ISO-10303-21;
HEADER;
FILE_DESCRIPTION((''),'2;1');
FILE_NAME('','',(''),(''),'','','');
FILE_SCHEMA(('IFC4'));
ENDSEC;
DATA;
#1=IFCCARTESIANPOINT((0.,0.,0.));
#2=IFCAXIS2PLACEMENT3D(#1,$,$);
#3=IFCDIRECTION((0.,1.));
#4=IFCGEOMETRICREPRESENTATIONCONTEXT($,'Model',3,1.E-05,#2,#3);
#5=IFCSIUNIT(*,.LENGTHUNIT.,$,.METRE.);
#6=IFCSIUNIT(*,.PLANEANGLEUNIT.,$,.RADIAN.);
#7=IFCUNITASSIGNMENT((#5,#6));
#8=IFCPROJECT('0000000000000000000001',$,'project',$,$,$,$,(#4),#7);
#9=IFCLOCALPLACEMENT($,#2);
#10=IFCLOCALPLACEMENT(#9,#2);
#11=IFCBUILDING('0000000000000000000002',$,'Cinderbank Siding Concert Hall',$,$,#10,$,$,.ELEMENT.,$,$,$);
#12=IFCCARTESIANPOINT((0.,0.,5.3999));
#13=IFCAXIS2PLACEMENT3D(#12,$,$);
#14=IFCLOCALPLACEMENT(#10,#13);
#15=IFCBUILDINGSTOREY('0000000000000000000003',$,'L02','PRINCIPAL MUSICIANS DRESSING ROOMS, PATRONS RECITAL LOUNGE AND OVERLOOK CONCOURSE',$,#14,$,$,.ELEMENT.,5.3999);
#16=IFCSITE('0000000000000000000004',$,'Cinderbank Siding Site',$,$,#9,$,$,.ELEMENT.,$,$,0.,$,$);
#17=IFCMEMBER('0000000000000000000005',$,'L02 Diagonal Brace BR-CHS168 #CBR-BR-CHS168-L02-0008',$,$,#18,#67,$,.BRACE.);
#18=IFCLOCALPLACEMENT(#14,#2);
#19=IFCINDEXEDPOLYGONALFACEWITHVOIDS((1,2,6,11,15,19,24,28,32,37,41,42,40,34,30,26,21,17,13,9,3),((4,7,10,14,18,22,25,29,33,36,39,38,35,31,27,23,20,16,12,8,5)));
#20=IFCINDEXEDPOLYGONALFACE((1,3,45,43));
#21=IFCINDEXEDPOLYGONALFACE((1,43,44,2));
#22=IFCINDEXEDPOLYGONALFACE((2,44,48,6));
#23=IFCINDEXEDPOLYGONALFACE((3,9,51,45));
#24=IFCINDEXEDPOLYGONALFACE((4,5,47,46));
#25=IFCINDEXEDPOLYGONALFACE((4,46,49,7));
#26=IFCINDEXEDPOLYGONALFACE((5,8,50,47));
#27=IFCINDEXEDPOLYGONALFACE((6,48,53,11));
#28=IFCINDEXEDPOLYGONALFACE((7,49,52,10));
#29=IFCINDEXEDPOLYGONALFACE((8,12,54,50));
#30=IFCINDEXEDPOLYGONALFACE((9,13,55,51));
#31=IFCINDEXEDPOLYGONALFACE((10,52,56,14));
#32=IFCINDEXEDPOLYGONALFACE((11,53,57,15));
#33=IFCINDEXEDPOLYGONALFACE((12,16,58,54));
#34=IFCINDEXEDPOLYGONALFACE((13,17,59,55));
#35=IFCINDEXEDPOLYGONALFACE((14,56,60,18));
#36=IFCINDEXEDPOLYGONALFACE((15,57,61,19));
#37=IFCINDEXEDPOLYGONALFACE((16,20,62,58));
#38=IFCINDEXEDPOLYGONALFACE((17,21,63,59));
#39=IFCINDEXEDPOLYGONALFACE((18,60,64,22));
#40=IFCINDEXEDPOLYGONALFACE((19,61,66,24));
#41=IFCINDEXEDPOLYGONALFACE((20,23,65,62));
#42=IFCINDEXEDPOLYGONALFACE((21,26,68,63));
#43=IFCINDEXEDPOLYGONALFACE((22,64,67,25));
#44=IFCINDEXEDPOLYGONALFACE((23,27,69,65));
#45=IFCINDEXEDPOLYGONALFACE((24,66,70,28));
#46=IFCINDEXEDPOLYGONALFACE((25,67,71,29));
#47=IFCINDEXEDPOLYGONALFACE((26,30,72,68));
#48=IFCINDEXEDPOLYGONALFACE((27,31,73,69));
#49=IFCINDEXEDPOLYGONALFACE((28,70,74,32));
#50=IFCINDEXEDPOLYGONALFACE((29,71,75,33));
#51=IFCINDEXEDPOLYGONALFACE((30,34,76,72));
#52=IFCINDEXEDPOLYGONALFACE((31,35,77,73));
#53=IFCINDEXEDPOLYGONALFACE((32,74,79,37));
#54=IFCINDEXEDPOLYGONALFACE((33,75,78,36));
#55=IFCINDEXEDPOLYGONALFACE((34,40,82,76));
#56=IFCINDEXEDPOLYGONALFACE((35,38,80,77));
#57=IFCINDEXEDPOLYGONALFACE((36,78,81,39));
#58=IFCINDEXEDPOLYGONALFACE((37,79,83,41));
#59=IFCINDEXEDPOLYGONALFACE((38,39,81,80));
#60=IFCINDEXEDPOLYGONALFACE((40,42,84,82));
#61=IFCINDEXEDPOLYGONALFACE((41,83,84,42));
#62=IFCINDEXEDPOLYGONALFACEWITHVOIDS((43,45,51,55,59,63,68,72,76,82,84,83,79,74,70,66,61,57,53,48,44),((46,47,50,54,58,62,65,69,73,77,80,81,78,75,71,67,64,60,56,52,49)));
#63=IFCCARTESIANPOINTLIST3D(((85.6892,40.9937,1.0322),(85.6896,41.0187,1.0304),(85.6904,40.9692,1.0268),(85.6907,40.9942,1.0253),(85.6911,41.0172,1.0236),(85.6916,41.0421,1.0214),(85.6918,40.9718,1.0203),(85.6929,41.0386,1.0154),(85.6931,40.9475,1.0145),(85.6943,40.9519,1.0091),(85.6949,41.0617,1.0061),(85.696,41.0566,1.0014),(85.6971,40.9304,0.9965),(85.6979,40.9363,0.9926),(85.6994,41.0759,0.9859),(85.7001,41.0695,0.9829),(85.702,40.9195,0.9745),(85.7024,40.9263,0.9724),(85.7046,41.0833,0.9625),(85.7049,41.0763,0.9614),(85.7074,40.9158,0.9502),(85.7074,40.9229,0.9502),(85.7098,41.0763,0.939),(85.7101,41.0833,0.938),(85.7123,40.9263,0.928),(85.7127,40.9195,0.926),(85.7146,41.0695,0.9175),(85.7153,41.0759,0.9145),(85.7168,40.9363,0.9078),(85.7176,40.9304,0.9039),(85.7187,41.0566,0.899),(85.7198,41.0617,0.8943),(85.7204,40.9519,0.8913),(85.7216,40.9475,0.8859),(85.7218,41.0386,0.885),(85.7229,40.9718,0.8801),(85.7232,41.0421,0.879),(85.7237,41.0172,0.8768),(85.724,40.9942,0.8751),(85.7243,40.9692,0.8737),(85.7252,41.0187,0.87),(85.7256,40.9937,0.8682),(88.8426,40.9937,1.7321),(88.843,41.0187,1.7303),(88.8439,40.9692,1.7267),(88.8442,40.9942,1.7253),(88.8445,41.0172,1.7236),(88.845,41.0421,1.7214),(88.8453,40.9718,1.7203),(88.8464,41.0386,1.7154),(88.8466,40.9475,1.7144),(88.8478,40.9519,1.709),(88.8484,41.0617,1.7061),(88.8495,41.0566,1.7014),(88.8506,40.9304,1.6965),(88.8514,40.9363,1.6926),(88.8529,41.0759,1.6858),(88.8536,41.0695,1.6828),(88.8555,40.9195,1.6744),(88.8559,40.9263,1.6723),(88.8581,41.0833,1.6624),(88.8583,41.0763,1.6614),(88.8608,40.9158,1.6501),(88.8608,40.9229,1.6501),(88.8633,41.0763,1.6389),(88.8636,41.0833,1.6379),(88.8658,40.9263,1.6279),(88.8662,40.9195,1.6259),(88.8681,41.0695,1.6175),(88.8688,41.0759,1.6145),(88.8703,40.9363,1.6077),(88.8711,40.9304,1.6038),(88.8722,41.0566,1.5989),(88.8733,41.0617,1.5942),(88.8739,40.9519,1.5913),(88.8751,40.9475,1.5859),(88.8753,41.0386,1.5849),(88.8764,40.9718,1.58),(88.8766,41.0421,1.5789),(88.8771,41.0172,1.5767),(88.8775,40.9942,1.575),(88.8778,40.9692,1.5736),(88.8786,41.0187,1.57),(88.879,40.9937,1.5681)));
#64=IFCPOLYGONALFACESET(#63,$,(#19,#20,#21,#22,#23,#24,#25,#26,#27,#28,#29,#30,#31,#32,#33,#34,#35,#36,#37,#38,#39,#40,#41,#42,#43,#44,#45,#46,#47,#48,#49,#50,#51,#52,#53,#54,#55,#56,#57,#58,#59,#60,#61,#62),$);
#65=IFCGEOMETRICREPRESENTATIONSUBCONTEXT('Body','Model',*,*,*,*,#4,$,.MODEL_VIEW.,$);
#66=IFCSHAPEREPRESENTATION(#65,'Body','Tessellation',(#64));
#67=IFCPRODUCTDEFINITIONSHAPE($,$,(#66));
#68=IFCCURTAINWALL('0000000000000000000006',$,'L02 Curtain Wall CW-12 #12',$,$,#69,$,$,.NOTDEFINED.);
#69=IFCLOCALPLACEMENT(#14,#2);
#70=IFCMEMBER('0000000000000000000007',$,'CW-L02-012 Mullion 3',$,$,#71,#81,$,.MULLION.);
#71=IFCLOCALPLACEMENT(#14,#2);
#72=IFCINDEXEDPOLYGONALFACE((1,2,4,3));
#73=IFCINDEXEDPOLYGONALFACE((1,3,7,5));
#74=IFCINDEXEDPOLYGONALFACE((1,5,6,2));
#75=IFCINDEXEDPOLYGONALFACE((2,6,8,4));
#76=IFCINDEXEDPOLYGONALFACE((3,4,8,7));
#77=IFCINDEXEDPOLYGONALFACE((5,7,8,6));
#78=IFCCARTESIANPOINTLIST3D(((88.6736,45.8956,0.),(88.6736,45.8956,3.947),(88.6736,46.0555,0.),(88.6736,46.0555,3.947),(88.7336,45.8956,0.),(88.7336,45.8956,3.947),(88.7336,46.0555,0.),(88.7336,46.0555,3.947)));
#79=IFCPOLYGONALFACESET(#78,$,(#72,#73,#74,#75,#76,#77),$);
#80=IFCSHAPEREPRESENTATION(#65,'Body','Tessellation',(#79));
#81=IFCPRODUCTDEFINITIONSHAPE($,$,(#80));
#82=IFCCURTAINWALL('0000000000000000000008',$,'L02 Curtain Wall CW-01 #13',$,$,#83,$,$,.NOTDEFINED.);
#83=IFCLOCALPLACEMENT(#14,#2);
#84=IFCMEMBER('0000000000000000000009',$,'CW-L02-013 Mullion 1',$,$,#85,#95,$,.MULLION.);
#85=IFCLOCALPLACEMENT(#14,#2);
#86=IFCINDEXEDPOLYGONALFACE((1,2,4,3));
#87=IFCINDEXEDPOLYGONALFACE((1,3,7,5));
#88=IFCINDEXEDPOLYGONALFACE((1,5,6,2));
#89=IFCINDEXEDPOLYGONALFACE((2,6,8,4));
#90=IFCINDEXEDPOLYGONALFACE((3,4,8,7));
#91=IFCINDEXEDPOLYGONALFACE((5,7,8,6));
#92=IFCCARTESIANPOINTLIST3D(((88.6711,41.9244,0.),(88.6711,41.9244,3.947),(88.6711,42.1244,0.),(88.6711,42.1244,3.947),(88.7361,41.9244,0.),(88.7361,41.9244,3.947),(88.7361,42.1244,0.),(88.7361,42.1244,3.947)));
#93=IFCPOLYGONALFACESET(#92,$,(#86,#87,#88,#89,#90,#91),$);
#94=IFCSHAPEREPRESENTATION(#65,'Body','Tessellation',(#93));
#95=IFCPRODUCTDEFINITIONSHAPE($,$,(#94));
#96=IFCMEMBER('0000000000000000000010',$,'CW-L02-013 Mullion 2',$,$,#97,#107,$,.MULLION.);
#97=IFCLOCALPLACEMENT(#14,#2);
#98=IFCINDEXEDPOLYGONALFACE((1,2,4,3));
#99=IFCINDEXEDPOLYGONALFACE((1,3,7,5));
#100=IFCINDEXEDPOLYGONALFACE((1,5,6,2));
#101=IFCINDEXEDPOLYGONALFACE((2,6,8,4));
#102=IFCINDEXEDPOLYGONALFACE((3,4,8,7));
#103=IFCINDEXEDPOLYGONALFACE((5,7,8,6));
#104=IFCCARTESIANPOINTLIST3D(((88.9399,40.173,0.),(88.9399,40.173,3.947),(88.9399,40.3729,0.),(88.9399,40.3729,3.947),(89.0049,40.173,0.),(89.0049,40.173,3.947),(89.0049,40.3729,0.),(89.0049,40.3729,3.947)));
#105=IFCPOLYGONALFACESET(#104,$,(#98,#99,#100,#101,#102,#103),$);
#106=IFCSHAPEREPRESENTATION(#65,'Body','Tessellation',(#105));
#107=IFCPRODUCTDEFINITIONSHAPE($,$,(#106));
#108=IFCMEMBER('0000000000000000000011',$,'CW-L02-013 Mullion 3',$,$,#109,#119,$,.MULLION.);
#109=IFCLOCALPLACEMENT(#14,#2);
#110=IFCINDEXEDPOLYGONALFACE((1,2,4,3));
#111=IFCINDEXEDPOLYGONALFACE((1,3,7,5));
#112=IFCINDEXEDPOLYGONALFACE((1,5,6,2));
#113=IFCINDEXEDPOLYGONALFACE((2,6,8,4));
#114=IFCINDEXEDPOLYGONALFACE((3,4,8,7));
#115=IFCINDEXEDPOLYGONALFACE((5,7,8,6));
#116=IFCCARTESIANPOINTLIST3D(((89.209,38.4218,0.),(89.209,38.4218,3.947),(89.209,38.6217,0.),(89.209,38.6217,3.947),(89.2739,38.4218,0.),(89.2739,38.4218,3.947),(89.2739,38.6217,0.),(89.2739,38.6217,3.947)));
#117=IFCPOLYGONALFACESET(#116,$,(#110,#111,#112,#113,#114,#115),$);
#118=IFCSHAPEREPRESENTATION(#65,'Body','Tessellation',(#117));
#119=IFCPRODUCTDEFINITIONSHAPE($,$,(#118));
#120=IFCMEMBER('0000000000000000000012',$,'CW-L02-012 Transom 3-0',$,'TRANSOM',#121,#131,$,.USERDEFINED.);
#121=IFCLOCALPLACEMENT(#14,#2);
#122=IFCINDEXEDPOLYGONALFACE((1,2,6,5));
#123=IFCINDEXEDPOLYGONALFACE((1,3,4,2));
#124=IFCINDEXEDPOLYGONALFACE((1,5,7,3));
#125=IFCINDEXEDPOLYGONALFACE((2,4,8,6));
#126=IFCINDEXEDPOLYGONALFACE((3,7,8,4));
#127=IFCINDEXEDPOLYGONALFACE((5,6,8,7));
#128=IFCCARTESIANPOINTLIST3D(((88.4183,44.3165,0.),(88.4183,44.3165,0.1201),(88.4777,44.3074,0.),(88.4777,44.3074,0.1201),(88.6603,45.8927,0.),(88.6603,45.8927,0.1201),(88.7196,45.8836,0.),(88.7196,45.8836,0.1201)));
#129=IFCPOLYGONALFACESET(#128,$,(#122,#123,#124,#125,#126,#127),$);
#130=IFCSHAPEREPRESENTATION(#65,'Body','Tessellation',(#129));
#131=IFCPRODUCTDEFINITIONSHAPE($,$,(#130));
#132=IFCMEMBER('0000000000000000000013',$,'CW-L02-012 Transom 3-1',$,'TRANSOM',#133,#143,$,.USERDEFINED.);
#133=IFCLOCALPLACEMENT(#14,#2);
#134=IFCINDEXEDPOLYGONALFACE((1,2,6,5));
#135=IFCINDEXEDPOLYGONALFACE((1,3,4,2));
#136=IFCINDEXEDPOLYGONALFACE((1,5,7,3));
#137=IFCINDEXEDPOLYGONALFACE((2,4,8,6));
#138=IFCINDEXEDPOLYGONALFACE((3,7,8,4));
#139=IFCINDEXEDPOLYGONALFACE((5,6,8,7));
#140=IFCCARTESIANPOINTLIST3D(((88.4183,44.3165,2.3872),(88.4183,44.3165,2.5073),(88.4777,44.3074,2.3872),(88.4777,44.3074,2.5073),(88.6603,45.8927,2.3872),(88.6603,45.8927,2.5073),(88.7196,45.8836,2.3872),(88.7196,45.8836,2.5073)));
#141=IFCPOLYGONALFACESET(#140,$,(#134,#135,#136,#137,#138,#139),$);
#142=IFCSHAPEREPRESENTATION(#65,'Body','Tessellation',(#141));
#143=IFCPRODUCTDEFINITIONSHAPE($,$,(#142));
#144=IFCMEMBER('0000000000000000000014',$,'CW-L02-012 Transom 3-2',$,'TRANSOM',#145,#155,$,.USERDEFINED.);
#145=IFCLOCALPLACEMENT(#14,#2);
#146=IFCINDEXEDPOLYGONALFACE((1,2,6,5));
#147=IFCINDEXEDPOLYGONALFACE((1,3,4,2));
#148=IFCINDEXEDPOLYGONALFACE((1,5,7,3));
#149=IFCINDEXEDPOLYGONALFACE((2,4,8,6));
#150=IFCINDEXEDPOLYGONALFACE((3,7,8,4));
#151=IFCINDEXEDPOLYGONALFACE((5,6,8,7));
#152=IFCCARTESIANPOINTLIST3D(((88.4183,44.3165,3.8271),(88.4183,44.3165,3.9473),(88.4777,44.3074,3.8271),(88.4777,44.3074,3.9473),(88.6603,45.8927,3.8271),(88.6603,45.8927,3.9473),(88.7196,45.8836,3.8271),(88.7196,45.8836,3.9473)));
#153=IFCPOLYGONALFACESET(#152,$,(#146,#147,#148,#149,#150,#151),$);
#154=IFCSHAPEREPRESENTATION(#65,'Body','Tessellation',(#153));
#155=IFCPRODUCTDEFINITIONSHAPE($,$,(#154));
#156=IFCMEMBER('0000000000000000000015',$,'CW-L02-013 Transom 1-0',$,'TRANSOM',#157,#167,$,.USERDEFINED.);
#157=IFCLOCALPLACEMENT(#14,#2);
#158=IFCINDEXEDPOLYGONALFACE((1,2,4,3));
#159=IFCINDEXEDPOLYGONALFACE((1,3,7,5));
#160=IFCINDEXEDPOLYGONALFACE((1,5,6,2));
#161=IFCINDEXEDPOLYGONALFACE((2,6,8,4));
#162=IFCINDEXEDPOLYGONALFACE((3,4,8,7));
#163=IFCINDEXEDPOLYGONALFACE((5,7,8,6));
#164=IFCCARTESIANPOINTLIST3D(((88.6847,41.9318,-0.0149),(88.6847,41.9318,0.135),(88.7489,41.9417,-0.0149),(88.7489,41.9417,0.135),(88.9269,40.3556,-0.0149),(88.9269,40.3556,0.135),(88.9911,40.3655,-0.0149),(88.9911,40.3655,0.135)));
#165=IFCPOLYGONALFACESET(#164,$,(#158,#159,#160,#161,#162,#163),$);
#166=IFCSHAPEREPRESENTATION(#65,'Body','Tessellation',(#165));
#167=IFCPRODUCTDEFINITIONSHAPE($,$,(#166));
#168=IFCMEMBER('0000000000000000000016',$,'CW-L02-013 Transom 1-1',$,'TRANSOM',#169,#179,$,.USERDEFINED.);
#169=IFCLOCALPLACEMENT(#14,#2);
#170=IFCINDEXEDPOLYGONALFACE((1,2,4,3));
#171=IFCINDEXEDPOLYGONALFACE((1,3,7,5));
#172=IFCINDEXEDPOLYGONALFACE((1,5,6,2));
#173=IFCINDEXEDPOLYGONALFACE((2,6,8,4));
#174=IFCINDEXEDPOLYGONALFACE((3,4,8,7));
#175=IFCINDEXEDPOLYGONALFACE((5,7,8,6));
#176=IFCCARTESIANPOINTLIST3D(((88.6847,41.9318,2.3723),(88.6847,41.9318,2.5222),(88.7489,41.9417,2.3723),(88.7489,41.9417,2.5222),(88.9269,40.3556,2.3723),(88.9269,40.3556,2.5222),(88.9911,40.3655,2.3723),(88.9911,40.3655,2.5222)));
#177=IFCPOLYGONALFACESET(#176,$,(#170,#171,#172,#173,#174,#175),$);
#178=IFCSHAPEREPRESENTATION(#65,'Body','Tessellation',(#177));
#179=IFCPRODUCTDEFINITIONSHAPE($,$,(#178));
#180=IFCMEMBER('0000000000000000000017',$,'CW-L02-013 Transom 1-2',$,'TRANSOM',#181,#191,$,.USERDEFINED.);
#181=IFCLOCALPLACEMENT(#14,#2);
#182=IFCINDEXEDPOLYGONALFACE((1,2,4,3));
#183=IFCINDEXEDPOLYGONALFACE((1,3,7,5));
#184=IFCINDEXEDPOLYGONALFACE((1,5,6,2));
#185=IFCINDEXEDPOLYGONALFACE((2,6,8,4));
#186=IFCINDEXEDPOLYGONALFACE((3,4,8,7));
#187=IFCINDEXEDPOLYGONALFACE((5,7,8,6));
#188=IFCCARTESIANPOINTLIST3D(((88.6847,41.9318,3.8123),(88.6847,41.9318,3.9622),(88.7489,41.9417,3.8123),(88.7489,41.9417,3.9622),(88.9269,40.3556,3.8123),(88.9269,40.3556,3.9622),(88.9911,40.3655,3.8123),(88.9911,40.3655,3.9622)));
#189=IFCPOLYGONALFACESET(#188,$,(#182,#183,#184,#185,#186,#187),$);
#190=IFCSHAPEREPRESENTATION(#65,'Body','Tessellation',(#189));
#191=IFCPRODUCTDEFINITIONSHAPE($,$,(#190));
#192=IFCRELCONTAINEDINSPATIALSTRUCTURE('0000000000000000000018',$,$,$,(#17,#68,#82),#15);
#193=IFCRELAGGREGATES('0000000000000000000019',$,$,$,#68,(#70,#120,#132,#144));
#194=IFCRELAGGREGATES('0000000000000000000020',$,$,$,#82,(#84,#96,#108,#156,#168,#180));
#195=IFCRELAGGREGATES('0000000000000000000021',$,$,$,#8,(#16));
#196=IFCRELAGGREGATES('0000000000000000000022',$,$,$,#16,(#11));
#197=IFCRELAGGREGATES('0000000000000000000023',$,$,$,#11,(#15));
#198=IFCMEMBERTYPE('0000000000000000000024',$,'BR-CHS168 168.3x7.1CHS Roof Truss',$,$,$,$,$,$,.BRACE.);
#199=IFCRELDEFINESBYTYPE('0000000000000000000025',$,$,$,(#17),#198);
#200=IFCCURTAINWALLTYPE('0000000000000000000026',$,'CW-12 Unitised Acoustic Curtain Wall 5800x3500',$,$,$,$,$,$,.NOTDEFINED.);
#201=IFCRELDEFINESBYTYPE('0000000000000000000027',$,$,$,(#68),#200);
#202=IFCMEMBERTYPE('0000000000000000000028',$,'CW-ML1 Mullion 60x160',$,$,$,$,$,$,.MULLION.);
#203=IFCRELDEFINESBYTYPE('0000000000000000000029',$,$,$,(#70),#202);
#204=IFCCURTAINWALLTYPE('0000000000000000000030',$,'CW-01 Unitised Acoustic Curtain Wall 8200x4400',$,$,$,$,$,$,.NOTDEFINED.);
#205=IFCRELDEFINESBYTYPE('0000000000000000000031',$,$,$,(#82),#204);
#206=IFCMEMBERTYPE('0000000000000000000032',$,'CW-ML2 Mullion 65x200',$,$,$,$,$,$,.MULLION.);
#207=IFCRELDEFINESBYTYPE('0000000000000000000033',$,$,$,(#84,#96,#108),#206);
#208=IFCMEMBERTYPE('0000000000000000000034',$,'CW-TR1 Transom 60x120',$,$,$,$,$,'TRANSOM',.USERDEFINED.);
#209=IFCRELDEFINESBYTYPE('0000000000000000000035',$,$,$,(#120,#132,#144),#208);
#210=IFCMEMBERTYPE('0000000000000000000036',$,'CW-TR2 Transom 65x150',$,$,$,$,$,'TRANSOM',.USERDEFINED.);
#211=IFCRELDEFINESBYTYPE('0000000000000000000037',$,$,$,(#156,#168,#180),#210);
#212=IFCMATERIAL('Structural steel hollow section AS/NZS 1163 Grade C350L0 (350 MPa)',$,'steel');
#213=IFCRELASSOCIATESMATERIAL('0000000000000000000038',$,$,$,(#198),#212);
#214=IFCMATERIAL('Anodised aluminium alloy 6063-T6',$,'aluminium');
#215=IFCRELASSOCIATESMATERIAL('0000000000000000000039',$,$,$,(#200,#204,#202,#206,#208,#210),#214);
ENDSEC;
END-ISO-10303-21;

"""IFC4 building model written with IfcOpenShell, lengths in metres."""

from ifc_helpers import new_model, si_unit, direction, frame, origin, origin_2d, place, context, subcontext, project, spatial, rectangle, hollow_circle, extrude, material, material_profile, profile_set, type_object, element, aggregate, save


model = new_model("IFC4")

# Units and contexts
model_context = context("Model", 3, precision=1e-05, world=origin(), true_north=direction((0.0, 1.0)))
body_context = subcontext(model_context, "Body", "Model", "MODEL_VIEW")
ifc_project = project(units=[si_unit("LENGTHUNIT", "METRE"), si_unit("PLANEANGLEUNIT", "RADIAN")], contexts=[model_context])

# Site, building, storey
site_placement = place(None, origin())
site = spatial("IfcSite", under=ifc_project, at=site_placement, Name="Cinderbank Siding Site", CompositionType="ELEMENT", RefElevation=0.0)
building_placement = place(site_placement, origin())
building = spatial("IfcBuilding", under=site, at=building_placement, Name="Cinderbank Siding Concert Hall", CompositionType="ELEMENT")
storey_placement = place(building_placement, frame((0.0, 0.0, 5.3999)))
storey = spatial("IfcBuildingStorey", under=building, at=storey_placement, Name="L02", Description="PRINCIPAL MUSICIANS DRESSING ROOMS, PATRONS RECITAL LOUNGE AND OVERLOOK CONCOURSE", CompositionType="ELEMENT", Elevation=5.3999)

# Member
ifc_material_1 = material(Name="Structural steel hollow section AS/NZS 1163 Grade C350L0 (350 MPa)", Category="steel")
ifc_material_profile_1 = material_profile(ifc_material_1, hollow_circle(Radius=0.0842, WallThickness=0.0071, at=origin_2d()), Name="168.3x7.1CHS", Category="LoadBearing")
ifc_profile_set_1 = profile_set([ifc_material_profile_1], Name="Structural steel hollow section AS/NZS 1163 Grade C350L0 (350 MPa)")
member_type_1 = type_object("IfcMemberType", Name="BR-CHS168 168.3x7.1CHS Roof Truss", PredefinedType="BRACE", material=ifc_profile_set_1)
member_1_placement = place(storey_placement, frame((88.8608, 41.0, 1.6501), z_axis=(-0.976242, 0.0, -0.216682), x_axis=(0.0, -1.0, 0.0)))
element("IfcMember", 1, at=member_1_placement, inside=storey, type_object=member_type_1, Name="L02 Diagonal Brace BR-CHS168 #CBR-BR-CHS168-L02-0008", PredefinedType="BRACE", context=body_context, shape_type="SweptSolid", body=[
    extrude(hollow_circle(Radius=0.0842, WallThickness=0.0071, at=origin_2d()), origin(), (0.0, 0.0, 1.0), 3.2302),
])

# Curtain wall, member
ifc_material_2 = material(Name="Anodised aluminium alloy 6063-T6", Category="aluminium")
curtain_wall_type_1 = type_object("IfcCurtainWallType", Name="CW-12 Unitised Acoustic Curtain Wall 5800x3500", PredefinedType="NOTDEFINED", material=ifc_material_2)
curtain_wall_1_placement = place(storey_placement, origin())
curtain_wall_1 = element("IfcCurtainWall", 2, at=curtain_wall_1_placement, inside=storey, type_object=curtain_wall_type_1, Name="L02 Curtain Wall CW-12 #12", PredefinedType="NOTDEFINED")
ifc_material_profile_2 = material_profile(ifc_material_2, rectangle(XDim=0.0601, YDim=0.1599, at=origin_2d()), Name="ALU-MULL-60x160", Category="LoadBearing")
ifc_profile_set_2 = profile_set([ifc_material_profile_2], Name="Anodised aluminium alloy 6063-T6")
member_type_2 = type_object("IfcMemberType", Name="CW-ML1 Mullion 60x160", PredefinedType="MULLION", material=ifc_profile_set_2)
member_2_placement = place(storey_placement, frame((88.7036, 45.9756, 0.0), z_axis=(0.0, 0.0, 1.0), x_axis=(1.0, 0.0, 0.0)))
member_2 = element("IfcMember", 3, at=member_2_placement, type_object=member_type_2, Name="CW-L02-012 Mullion 3", PredefinedType="MULLION", context=body_context, shape_type="SweptSolid", body=[
    extrude(rectangle(XDim=0.0601, YDim=0.1599, at=origin_2d()), origin(), (0.0, 0.0, 1.0), 3.947),
])

# Curtain wall, members
curtain_wall_type_2 = type_object("IfcCurtainWallType", Name="CW-01 Unitised Acoustic Curtain Wall 8200x4400", PredefinedType="NOTDEFINED", material=ifc_material_2)
curtain_wall_2_placement = place(storey_placement, origin())
curtain_wall_2 = element("IfcCurtainWall", 4, at=curtain_wall_2_placement, inside=storey, type_object=curtain_wall_type_2, Name="L02 Curtain Wall CW-01 #13", PredefinedType="NOTDEFINED")
ifc_material_profile_3 = material_profile(ifc_material_2, rectangle(XDim=0.0649, YDim=0.2, at=origin_2d()), Name="ALU-MULL-65x200", Category="LoadBearing")
ifc_profile_set_3 = profile_set([ifc_material_profile_3], Name="Anodised aluminium alloy 6063-T6")
member_type_3 = type_object("IfcMemberType", Name="CW-ML2 Mullion 65x200", PredefinedType="MULLION", material=ifc_profile_set_3)
member_3_placement = place(storey_placement, frame((88.7036, 42.0244, 0.0), z_axis=(0.0, 0.0, 1.0), x_axis=(1.0, 0.0, 0.0)))
member_3 = element("IfcMember", 5, at=member_3_placement, type_object=member_type_3, Name="CW-L02-013 Mullion 1", PredefinedType="MULLION", context=body_context, shape_type="SweptSolid", body=[
    extrude(rectangle(XDim=0.0649, YDim=0.2, at=origin_2d()), origin(), (0.0, 0.0, 1.0), 3.947),
])
member_4_placement = place(storey_placement, frame((88.9724, 40.2729, 0.0), z_axis=(0.0, 0.0, 1.0), x_axis=(1.0, 0.0, 0.0)))
member_4 = element("IfcMember", 6, at=member_4_placement, type_object=member_type_3, Name="CW-L02-013 Mullion 2", PredefinedType="MULLION", context=body_context, shape_type="SweptSolid", body=[
    extrude(rectangle(XDim=0.0649, YDim=0.2, at=origin_2d()), origin(), (0.0, 0.0, 1.0), 3.947),
])
member_5_placement = place(storey_placement, frame((89.2415, 38.5217, 0.0), z_axis=(0.0, 0.0, 1.0), x_axis=(1.0, 0.0, 0.0)))
member_5 = element("IfcMember", 7, at=member_5_placement, type_object=member_type_3, Name="CW-L02-013 Mullion 3", PredefinedType="MULLION", context=body_context, shape_type="SweptSolid", body=[
    extrude(rectangle(XDim=0.0649, YDim=0.2, at=origin_2d()), origin(), (0.0, 0.0, 1.0), 3.947),
])

# Members
ifc_material_profile_4 = material_profile(ifc_material_2, rectangle(XDim=0.0601, YDim=0.1201, at=origin_2d()), Name="ALU-TRAN-60x120", Category="LoadBearing")
ifc_profile_set_4 = profile_set([ifc_material_profile_4], Name="Anodised aluminium alloy 6063-T6")
member_type_4 = type_object("IfcMemberType", Name="CW-TR1 Transom 60x120", ElementType="TRANSOM", PredefinedType="USERDEFINED", material=ifc_profile_set_4)
member_6_placement = place(storey_placement, frame((88.6899, 45.8882, 0.0601), z_axis=(-0.151724, -0.988423, 0.0), x_axis=(0.988423, -0.151724, 0.0)))
member_6 = element("IfcMember", 8, at=member_6_placement, type_object=member_type_4, Name="CW-L02-012 Transom 3-0", ObjectType="TRANSOM", PredefinedType="USERDEFINED", context=body_context, shape_type="SweptSolid", body=[
    extrude(rectangle(XDim=0.0601, YDim=0.1201, at=origin_2d()), origin(), (0.0, 0.0, 1.0), 1.5947),
])
member_7_placement = place(storey_placement, frame((88.6899, 45.8882, 2.4473), z_axis=(-0.151724, -0.988423, 0.0), x_axis=(0.988423, -0.151724, 0.0)))
member_7 = element("IfcMember", 9, at=member_7_placement, type_object=member_type_4, Name="CW-L02-012 Transom 3-1", ObjectType="TRANSOM", PredefinedType="USERDEFINED", context=body_context, shape_type="SweptSolid", body=[
    extrude(rectangle(XDim=0.0601, YDim=0.1201, at=origin_2d()), origin(), (0.0, 0.0, 1.0), 1.5947),
])
member_8_placement = place(storey_placement, frame((88.6899, 45.8882, 3.8872), z_axis=(-0.151724, -0.988423, 0.0), x_axis=(0.988423, -0.151724, 0.0)))
member_8 = element("IfcMember", 10, at=member_8_placement, type_object=member_type_4, Name="CW-L02-012 Transom 3-2", ObjectType="TRANSOM", PredefinedType="USERDEFINED", context=body_context, shape_type="SweptSolid", body=[
    extrude(rectangle(XDim=0.0601, YDim=0.1201, at=origin_2d()), origin(), (0.0, 0.0, 1.0), 1.5947),
])
ifc_material_profile_5 = material_profile(ifc_material_2, rectangle(XDim=0.0649, YDim=0.1499, at=origin_2d()), Name="ALU-TRAN-65x150", Category="LoadBearing")
ifc_profile_set_5 = profile_set([ifc_material_profile_5], Name="Anodised aluminium alloy 6063-T6")
member_type_5 = type_object("IfcMemberType", Name="CW-TR2 Transom 65x150", ElementType="TRANSOM", PredefinedType="USERDEFINED", material=ifc_profile_set_5)
member_9_placement = place(storey_placement, frame((88.7168, 41.9368, 0.0601), z_axis=(0.151873, -0.9884, 0.0), x_axis=(0.9884, 0.151873, 0.0)))
member_9 = element("IfcMember", 11, at=member_9_placement, type_object=member_type_5, Name="CW-L02-013 Transom 1-0", ObjectType="TRANSOM", PredefinedType="USERDEFINED", context=body_context, shape_type="SweptSolid", body=[
    extrude(rectangle(XDim=0.0649, YDim=0.1499, at=origin_2d()), origin(), (0.0, 0.0, 1.0), 1.5947),
])
member_10_placement = place(storey_placement, frame((88.7168, 41.9368, 2.4473), z_axis=(0.151873, -0.9884, 0.0), x_axis=(0.9884, 0.151873, 0.0)))
member_10 = element("IfcMember", 12, at=member_10_placement, type_object=member_type_5, Name="CW-L02-013 Transom 1-1", ObjectType="TRANSOM", PredefinedType="USERDEFINED", context=body_context, shape_type="SweptSolid", body=[
    extrude(rectangle(XDim=0.0649, YDim=0.1499, at=origin_2d()), origin(), (0.0, 0.0, 1.0), 1.5947),
])
member_11_placement = place(storey_placement, frame((88.7168, 41.9368, 3.8872), z_axis=(0.151873, -0.9884, 0.0), x_axis=(0.9884, 0.151873, 0.0)))
member_11 = element("IfcMember", 13, at=member_11_placement, type_object=member_type_5, Name="CW-L02-013 Transom 1-2", ObjectType="TRANSOM", PredefinedType="USERDEFINED", context=body_context, shape_type="SweptSolid", body=[
    extrude(rectangle(XDim=0.0649, YDim=0.1499, at=origin_2d()), origin(), (0.0, 0.0, 1.0), 1.5947),
])

aggregate(curtain_wall_1, [member_2, member_6, member_7, member_8])
aggregate(curtain_wall_2, [member_3, member_4, member_5, member_9, member_10, member_11])

save(model, "model.ifc")
